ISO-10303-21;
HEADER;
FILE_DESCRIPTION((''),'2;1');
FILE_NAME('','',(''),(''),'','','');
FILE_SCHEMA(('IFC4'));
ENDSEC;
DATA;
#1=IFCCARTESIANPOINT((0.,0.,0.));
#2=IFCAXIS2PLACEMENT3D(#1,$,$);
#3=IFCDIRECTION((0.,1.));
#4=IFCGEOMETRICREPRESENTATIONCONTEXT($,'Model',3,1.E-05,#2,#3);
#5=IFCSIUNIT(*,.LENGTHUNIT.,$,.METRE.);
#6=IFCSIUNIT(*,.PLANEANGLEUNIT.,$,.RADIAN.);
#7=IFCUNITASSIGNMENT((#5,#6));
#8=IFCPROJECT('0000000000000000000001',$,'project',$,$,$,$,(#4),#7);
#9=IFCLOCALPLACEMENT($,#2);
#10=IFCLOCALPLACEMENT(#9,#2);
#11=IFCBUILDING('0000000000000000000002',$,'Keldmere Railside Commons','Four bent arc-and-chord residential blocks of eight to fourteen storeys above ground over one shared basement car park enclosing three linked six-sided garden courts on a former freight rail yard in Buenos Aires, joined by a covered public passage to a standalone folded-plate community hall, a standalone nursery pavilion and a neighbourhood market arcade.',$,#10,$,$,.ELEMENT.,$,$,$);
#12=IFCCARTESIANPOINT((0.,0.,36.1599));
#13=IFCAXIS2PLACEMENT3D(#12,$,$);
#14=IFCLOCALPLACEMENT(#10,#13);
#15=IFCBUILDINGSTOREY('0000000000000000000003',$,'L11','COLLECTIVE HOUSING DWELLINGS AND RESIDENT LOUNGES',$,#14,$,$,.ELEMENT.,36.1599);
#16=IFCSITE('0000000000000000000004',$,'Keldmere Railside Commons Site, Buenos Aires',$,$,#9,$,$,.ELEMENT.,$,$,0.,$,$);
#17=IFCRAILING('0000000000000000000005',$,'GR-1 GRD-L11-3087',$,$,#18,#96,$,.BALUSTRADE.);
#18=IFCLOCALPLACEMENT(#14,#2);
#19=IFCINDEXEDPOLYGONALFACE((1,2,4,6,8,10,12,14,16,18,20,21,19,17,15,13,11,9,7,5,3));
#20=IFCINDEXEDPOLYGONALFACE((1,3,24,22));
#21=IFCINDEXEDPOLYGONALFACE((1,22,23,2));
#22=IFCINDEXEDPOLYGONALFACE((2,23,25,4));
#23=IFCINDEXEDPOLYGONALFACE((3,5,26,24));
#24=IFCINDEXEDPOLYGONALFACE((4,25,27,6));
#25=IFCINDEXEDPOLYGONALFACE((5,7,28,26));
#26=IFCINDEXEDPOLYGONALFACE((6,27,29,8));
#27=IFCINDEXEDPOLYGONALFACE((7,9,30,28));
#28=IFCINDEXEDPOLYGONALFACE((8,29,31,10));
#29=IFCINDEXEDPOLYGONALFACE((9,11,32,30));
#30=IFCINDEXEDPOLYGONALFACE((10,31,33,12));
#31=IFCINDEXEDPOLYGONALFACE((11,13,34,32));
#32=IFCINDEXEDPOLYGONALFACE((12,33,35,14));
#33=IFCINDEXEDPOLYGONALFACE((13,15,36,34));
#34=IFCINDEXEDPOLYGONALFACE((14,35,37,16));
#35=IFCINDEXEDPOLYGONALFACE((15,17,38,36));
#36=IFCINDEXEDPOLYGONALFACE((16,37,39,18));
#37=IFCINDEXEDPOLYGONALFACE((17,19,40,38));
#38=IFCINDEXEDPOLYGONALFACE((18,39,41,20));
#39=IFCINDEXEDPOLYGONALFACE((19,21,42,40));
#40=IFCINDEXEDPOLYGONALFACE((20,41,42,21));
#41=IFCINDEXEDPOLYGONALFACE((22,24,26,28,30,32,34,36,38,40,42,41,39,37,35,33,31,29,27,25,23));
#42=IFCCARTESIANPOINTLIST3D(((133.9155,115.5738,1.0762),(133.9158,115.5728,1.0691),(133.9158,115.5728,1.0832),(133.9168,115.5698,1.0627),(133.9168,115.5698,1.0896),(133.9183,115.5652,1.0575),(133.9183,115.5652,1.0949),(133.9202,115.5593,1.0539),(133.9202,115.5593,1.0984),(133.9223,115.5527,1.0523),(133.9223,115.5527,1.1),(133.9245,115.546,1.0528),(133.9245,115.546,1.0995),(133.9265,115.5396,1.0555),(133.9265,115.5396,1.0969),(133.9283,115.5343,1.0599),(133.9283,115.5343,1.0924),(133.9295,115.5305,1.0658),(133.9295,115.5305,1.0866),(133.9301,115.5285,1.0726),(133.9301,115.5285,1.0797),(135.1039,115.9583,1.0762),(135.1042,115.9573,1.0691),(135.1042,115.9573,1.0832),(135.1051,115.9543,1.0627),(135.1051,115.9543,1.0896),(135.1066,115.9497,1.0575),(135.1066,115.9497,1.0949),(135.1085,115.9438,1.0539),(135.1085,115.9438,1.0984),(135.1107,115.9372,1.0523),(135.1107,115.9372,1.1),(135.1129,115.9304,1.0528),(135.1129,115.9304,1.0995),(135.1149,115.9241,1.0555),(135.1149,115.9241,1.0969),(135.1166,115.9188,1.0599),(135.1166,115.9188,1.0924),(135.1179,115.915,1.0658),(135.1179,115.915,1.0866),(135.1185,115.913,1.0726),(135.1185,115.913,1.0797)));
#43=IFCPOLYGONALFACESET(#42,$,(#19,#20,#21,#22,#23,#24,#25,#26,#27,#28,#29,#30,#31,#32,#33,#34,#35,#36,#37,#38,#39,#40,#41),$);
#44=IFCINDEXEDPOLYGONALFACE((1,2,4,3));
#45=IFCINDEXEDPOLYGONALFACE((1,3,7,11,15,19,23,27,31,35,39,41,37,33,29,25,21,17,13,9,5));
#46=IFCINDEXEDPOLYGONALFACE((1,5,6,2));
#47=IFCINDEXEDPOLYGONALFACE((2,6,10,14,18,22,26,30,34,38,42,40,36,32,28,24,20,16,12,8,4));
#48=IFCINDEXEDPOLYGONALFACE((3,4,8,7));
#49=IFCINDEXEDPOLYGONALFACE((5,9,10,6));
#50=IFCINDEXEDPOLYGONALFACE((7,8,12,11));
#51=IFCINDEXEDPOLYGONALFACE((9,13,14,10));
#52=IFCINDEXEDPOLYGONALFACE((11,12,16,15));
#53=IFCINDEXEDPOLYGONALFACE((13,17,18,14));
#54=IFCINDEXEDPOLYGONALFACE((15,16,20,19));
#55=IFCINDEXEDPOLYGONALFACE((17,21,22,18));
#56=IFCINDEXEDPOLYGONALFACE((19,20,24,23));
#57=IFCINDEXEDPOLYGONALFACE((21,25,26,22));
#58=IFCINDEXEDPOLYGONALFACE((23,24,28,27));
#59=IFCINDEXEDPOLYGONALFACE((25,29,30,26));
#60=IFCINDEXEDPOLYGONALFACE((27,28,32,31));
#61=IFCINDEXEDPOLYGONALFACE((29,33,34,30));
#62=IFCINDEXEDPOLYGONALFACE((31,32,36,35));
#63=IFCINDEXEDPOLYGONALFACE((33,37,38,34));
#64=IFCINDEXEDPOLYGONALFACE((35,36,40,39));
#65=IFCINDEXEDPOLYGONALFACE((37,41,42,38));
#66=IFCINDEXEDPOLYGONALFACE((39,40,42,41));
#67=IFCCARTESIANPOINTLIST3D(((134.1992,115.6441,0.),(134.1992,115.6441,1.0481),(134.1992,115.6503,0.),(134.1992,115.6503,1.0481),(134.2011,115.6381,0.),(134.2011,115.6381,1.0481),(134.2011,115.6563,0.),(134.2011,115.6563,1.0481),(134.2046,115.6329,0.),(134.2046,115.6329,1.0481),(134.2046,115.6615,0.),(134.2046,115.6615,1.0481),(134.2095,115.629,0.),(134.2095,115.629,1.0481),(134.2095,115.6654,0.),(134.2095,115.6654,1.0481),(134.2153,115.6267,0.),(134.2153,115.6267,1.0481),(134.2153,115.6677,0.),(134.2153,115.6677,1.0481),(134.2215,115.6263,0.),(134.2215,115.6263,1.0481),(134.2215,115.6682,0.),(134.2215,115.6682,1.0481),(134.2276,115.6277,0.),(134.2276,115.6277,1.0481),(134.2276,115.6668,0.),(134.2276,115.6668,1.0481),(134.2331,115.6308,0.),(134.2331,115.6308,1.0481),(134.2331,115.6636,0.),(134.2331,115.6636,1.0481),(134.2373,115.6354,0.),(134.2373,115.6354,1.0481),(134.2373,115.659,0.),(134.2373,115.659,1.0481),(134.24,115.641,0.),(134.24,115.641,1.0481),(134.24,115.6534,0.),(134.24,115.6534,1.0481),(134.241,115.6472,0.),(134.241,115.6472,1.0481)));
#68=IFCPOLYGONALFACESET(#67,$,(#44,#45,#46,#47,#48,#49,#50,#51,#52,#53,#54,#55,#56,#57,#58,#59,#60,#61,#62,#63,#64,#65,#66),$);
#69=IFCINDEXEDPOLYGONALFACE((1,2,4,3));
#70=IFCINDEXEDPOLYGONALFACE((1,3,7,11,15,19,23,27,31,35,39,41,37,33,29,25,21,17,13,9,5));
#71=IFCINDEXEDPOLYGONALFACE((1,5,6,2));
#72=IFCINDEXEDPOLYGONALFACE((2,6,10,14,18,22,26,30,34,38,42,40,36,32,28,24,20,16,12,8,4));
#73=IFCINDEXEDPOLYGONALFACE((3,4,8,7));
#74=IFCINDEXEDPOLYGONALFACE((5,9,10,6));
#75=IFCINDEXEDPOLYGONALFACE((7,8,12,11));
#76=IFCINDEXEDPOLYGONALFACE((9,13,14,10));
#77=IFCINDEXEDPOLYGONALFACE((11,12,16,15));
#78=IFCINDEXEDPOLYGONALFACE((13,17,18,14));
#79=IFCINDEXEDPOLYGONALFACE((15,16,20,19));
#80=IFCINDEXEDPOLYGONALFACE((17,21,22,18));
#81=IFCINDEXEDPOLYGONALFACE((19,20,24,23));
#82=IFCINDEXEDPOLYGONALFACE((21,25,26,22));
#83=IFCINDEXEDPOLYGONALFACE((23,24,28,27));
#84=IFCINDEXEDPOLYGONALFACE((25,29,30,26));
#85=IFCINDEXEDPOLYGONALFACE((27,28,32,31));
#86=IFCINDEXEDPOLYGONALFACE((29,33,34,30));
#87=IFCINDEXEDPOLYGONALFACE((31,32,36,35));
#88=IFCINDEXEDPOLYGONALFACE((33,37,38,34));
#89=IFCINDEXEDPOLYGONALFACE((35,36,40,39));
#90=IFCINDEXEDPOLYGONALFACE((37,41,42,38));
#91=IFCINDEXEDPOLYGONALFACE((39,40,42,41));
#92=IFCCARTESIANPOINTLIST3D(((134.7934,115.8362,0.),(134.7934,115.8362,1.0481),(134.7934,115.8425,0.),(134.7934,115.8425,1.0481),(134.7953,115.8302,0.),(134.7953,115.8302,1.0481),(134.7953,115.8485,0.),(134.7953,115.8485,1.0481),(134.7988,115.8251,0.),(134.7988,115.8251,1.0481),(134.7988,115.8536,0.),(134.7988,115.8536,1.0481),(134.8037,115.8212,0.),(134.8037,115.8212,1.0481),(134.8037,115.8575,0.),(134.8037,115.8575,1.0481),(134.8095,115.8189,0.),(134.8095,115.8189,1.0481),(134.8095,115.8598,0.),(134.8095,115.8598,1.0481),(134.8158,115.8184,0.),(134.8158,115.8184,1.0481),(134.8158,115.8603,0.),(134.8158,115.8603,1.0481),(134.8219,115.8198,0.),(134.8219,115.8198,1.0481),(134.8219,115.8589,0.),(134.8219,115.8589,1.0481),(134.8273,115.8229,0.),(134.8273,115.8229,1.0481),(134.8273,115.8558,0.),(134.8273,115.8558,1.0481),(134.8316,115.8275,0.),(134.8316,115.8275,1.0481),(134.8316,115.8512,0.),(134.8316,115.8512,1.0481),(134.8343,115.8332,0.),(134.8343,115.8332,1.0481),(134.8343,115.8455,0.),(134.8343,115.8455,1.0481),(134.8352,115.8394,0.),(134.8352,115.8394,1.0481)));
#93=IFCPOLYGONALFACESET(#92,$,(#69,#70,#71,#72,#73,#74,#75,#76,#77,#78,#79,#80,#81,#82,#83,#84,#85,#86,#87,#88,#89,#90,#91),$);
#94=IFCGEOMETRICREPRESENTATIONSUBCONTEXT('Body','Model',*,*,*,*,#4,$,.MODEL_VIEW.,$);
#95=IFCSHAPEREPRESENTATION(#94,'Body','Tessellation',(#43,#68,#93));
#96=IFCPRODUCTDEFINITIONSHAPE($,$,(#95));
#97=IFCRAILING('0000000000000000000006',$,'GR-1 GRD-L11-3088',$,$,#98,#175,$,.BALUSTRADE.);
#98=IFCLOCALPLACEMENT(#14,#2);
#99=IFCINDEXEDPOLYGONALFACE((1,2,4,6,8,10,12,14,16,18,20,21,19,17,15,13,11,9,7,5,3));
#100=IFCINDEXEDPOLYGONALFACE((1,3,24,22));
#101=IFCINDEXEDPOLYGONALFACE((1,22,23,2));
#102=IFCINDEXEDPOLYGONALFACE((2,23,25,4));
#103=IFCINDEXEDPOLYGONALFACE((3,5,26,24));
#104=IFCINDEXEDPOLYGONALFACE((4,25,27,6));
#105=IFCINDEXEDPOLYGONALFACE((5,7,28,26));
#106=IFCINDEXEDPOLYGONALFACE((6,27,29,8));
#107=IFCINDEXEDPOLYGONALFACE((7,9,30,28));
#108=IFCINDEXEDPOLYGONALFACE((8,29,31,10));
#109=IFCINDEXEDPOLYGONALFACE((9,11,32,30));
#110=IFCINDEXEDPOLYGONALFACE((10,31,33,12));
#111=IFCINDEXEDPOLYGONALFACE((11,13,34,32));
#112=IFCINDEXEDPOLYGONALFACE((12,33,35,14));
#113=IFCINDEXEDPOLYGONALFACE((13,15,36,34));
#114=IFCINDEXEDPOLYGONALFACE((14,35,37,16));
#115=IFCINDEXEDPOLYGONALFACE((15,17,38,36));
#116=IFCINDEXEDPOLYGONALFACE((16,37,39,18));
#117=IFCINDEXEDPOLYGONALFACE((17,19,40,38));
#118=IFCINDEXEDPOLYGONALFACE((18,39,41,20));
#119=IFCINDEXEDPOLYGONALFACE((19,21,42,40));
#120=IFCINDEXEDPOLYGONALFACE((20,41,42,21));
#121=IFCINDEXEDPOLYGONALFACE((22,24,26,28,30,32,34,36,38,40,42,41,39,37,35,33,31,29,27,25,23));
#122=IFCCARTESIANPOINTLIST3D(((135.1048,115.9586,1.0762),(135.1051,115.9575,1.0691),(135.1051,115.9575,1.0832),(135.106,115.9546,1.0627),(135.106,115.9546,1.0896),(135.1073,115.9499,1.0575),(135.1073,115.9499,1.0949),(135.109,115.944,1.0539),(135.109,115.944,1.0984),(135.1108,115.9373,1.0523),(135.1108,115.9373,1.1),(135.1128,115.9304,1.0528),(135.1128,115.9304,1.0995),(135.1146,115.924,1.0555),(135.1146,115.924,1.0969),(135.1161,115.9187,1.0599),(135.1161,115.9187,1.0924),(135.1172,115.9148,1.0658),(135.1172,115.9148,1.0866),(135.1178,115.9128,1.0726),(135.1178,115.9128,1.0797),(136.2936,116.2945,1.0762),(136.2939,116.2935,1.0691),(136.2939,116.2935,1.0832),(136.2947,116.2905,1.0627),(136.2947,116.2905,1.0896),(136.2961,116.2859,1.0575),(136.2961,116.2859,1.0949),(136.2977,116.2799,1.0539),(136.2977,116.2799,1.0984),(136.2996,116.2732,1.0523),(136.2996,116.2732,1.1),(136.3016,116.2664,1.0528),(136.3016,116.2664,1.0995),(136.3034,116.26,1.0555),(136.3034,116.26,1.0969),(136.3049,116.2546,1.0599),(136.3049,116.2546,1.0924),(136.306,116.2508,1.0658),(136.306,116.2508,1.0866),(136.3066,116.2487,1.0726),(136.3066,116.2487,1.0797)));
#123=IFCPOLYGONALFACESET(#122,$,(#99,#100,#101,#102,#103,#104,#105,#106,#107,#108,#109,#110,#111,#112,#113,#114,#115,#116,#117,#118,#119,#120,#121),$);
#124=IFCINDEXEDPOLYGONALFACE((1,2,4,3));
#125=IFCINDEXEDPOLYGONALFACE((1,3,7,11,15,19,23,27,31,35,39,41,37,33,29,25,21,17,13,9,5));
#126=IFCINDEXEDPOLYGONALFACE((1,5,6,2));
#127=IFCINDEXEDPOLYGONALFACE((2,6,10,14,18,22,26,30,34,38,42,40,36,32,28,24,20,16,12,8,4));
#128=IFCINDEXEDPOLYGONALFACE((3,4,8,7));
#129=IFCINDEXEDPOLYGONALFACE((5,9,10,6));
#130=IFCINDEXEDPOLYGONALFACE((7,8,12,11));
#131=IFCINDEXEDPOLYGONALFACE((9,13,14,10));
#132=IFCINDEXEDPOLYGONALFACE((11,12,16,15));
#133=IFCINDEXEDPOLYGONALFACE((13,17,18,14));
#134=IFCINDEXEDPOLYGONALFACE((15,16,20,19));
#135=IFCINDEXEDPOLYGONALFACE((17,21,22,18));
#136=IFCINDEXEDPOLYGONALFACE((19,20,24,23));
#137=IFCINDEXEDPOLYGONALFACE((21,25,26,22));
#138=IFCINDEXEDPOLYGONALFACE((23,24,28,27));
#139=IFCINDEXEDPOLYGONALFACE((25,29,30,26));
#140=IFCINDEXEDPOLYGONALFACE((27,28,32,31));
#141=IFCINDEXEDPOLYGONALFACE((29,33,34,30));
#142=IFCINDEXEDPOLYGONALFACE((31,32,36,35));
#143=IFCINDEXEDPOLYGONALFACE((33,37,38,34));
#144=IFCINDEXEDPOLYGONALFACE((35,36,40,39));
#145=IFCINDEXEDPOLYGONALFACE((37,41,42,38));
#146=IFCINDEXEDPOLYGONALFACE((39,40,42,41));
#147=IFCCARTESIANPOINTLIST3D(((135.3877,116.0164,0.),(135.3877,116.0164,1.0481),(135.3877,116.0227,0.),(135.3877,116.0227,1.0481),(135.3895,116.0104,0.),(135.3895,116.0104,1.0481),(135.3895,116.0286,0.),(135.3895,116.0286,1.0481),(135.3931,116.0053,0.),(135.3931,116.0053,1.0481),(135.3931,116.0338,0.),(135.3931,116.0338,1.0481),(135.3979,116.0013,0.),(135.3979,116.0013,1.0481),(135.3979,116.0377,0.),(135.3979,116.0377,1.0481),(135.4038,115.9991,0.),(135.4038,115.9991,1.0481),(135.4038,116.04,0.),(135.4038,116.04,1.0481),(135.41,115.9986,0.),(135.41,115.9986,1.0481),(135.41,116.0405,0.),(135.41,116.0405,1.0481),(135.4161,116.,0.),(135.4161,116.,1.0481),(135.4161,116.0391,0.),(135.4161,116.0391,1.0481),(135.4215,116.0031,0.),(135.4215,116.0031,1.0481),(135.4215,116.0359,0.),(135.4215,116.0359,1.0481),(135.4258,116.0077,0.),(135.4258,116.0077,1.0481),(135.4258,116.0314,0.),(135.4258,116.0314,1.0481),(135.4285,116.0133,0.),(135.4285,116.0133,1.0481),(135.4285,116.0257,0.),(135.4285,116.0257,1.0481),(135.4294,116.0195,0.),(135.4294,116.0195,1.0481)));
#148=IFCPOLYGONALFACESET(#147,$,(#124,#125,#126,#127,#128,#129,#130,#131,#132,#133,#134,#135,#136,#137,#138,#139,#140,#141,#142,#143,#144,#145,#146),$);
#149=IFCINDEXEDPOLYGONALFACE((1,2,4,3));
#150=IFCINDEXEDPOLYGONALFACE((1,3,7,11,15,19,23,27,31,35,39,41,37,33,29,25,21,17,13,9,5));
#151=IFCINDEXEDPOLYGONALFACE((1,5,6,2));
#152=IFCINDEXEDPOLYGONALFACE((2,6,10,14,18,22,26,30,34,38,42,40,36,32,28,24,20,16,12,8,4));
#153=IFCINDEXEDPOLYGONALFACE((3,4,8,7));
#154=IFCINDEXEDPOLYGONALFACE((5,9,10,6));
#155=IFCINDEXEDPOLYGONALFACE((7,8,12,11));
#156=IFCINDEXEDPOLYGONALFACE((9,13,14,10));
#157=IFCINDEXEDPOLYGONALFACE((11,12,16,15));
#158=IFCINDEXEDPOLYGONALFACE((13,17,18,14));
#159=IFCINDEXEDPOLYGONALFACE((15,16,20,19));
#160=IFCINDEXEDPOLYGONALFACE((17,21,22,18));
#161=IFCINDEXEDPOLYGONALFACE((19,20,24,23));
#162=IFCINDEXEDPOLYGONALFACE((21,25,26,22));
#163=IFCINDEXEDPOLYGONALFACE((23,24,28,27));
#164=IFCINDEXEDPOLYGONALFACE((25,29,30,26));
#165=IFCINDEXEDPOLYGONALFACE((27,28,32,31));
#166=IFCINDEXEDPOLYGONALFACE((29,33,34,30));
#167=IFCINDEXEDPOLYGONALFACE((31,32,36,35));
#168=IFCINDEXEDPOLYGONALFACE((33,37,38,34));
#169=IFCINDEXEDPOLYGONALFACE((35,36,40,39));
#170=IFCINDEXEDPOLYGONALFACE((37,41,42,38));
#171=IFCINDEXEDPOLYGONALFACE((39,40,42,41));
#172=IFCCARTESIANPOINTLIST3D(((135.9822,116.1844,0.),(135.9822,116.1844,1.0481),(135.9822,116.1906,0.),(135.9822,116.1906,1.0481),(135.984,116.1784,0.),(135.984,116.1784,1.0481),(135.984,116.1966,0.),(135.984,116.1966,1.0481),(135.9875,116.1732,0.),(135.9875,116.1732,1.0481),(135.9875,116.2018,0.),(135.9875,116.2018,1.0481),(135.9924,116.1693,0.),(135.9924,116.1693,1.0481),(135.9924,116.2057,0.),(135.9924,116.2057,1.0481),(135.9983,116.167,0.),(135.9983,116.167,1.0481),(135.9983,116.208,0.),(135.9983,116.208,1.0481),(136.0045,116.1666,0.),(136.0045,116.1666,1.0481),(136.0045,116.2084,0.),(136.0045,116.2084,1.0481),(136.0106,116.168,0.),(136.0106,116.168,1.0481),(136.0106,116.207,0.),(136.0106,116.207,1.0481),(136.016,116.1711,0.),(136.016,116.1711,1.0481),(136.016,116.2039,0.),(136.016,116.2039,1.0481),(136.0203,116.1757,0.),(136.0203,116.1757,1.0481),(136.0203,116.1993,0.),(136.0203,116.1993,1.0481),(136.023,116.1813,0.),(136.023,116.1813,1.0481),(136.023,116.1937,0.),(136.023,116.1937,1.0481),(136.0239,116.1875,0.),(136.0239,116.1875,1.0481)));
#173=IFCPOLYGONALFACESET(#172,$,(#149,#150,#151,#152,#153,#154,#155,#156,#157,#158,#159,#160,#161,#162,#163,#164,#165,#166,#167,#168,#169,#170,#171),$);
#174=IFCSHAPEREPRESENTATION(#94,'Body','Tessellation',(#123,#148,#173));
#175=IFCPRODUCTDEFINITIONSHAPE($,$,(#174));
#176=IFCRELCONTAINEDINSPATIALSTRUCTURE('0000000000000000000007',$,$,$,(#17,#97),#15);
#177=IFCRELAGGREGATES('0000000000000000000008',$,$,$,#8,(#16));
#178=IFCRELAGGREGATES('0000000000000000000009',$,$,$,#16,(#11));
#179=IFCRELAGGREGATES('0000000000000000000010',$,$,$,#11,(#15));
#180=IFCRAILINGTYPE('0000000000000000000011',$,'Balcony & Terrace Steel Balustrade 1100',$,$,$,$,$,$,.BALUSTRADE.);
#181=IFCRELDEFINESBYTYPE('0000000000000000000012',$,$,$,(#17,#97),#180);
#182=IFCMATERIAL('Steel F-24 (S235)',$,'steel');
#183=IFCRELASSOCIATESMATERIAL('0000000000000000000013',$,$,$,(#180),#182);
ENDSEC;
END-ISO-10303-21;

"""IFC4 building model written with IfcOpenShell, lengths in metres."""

from ifc_helpers import new_model, si_unit, direction, frame, origin, origin_2d, place, context, subcontext, project, spatial, circle, extrude, material, type_object, element, save


model = new_model("IFC4")

# Units and contexts
model_context = context("Model", 3, precision=1e-05, world=origin(), true_north=direction((0.0, 1.0)))
body_context = subcontext(model_context, "Body", "Model", "MODEL_VIEW")
ifc_project = project(units=[si_unit("LENGTHUNIT", "METRE"), si_unit("PLANEANGLEUNIT", "RADIAN")], contexts=[model_context])

# Site, building, storey
site_placement = place(None, origin())
site = spatial("IfcSite", under=ifc_project, at=site_placement, Name="Keldmere Railside Commons Site, Buenos Aires", CompositionType="ELEMENT", RefElevation=0.0)
building_placement = place(site_placement, origin())
building = spatial("IfcBuilding", under=site, at=building_placement, Name="Keldmere Railside Commons", Description="Four bent arc-and-chord residential blocks of eight to fourteen storeys above ground over one shared basement car park enclosing three linked six-sided garden courts on a former freight rail yard in Buenos Aires, joined by a covered public passage to a standalone folded-plate community hall, a standalone nursery pavilion and a neighbourhood market arcade.", CompositionType="ELEMENT")
storey_placement = place(building_placement, frame((0.0, 0.0, 36.1599)))
storey = spatial("IfcBuildingStorey", under=building, at=storey_placement, Name="L11", Description="COLLECTIVE HOUSING DWELLINGS AND RESIDENT LOUNGES", CompositionType="ELEMENT", Elevation=36.1599)

# Railings
ifc_material_1 = material(Name="Steel F-24 (S235)", Category="steel")
railing_type = type_object("IfcRailingType", Name="Balcony & Terrace Steel Balustrade 1100", PredefinedType="BALUSTRADE", material=ifc_material_1)
railing_1_placement = place(storey_placement, frame((133.9229, 115.551, 0.0)))
element("IfcRailing", 1, at=railing_1_placement, inside=storey, type_object=railing_type, Name="GR-1 GRD-L11-3087", PredefinedType="BALUSTRADE", context=body_context, shape_type="SweptSolid", body=[
    extrude(circle(Radius=0.0239, at=origin_2d()), frame((0.0, 0.0, 1.0762), z_axis=(0.951441, 0.307831, 0.0), x_axis=(-0.307831, 0.951441, 0.0)), (0.0, 0.0, 1.0), 1.249),
    extrude(circle(Radius=0.021, at=origin_2d()), frame((0.2971, 0.0962, 0.0)), (0.0, 0.0, 1.0), 1.0481),
    extrude(circle(Radius=0.021, at=origin_2d()), frame((0.8914, 0.2883, 0.0)), (0.0, 0.0, 1.0), 1.0481),
])
railing_2_placement = place(storey_placement, frame((135.1113, 115.9355, 0.0)))
element("IfcRailing", 2, at=railing_2_placement, inside=storey, type_object=railing_type, Name="GR-1 GRD-L11-3088", PredefinedType="BALUSTRADE", context=body_context, shape_type="SweptSolid", body=[
    extrude(circle(Radius=0.0239, at=origin_2d()), frame((0.0, 0.0, 1.0762), z_axis=(0.962311, 0.271953, 0.0), x_axis=(-0.271953, 0.962311, 0.0)), (0.0, 0.0, 1.0), 1.2354),
    extrude(circle(Radius=0.021, at=origin_2d()), frame((0.2971, 0.084, 0.0)), (0.0, 0.0, 1.0), 1.0481),
    extrude(circle(Radius=0.021, at=origin_2d()), frame((0.8916, 0.252, 0.0)), (0.0, 0.0, 1.0), 1.0481),
])

save(model, "model.ifc")
